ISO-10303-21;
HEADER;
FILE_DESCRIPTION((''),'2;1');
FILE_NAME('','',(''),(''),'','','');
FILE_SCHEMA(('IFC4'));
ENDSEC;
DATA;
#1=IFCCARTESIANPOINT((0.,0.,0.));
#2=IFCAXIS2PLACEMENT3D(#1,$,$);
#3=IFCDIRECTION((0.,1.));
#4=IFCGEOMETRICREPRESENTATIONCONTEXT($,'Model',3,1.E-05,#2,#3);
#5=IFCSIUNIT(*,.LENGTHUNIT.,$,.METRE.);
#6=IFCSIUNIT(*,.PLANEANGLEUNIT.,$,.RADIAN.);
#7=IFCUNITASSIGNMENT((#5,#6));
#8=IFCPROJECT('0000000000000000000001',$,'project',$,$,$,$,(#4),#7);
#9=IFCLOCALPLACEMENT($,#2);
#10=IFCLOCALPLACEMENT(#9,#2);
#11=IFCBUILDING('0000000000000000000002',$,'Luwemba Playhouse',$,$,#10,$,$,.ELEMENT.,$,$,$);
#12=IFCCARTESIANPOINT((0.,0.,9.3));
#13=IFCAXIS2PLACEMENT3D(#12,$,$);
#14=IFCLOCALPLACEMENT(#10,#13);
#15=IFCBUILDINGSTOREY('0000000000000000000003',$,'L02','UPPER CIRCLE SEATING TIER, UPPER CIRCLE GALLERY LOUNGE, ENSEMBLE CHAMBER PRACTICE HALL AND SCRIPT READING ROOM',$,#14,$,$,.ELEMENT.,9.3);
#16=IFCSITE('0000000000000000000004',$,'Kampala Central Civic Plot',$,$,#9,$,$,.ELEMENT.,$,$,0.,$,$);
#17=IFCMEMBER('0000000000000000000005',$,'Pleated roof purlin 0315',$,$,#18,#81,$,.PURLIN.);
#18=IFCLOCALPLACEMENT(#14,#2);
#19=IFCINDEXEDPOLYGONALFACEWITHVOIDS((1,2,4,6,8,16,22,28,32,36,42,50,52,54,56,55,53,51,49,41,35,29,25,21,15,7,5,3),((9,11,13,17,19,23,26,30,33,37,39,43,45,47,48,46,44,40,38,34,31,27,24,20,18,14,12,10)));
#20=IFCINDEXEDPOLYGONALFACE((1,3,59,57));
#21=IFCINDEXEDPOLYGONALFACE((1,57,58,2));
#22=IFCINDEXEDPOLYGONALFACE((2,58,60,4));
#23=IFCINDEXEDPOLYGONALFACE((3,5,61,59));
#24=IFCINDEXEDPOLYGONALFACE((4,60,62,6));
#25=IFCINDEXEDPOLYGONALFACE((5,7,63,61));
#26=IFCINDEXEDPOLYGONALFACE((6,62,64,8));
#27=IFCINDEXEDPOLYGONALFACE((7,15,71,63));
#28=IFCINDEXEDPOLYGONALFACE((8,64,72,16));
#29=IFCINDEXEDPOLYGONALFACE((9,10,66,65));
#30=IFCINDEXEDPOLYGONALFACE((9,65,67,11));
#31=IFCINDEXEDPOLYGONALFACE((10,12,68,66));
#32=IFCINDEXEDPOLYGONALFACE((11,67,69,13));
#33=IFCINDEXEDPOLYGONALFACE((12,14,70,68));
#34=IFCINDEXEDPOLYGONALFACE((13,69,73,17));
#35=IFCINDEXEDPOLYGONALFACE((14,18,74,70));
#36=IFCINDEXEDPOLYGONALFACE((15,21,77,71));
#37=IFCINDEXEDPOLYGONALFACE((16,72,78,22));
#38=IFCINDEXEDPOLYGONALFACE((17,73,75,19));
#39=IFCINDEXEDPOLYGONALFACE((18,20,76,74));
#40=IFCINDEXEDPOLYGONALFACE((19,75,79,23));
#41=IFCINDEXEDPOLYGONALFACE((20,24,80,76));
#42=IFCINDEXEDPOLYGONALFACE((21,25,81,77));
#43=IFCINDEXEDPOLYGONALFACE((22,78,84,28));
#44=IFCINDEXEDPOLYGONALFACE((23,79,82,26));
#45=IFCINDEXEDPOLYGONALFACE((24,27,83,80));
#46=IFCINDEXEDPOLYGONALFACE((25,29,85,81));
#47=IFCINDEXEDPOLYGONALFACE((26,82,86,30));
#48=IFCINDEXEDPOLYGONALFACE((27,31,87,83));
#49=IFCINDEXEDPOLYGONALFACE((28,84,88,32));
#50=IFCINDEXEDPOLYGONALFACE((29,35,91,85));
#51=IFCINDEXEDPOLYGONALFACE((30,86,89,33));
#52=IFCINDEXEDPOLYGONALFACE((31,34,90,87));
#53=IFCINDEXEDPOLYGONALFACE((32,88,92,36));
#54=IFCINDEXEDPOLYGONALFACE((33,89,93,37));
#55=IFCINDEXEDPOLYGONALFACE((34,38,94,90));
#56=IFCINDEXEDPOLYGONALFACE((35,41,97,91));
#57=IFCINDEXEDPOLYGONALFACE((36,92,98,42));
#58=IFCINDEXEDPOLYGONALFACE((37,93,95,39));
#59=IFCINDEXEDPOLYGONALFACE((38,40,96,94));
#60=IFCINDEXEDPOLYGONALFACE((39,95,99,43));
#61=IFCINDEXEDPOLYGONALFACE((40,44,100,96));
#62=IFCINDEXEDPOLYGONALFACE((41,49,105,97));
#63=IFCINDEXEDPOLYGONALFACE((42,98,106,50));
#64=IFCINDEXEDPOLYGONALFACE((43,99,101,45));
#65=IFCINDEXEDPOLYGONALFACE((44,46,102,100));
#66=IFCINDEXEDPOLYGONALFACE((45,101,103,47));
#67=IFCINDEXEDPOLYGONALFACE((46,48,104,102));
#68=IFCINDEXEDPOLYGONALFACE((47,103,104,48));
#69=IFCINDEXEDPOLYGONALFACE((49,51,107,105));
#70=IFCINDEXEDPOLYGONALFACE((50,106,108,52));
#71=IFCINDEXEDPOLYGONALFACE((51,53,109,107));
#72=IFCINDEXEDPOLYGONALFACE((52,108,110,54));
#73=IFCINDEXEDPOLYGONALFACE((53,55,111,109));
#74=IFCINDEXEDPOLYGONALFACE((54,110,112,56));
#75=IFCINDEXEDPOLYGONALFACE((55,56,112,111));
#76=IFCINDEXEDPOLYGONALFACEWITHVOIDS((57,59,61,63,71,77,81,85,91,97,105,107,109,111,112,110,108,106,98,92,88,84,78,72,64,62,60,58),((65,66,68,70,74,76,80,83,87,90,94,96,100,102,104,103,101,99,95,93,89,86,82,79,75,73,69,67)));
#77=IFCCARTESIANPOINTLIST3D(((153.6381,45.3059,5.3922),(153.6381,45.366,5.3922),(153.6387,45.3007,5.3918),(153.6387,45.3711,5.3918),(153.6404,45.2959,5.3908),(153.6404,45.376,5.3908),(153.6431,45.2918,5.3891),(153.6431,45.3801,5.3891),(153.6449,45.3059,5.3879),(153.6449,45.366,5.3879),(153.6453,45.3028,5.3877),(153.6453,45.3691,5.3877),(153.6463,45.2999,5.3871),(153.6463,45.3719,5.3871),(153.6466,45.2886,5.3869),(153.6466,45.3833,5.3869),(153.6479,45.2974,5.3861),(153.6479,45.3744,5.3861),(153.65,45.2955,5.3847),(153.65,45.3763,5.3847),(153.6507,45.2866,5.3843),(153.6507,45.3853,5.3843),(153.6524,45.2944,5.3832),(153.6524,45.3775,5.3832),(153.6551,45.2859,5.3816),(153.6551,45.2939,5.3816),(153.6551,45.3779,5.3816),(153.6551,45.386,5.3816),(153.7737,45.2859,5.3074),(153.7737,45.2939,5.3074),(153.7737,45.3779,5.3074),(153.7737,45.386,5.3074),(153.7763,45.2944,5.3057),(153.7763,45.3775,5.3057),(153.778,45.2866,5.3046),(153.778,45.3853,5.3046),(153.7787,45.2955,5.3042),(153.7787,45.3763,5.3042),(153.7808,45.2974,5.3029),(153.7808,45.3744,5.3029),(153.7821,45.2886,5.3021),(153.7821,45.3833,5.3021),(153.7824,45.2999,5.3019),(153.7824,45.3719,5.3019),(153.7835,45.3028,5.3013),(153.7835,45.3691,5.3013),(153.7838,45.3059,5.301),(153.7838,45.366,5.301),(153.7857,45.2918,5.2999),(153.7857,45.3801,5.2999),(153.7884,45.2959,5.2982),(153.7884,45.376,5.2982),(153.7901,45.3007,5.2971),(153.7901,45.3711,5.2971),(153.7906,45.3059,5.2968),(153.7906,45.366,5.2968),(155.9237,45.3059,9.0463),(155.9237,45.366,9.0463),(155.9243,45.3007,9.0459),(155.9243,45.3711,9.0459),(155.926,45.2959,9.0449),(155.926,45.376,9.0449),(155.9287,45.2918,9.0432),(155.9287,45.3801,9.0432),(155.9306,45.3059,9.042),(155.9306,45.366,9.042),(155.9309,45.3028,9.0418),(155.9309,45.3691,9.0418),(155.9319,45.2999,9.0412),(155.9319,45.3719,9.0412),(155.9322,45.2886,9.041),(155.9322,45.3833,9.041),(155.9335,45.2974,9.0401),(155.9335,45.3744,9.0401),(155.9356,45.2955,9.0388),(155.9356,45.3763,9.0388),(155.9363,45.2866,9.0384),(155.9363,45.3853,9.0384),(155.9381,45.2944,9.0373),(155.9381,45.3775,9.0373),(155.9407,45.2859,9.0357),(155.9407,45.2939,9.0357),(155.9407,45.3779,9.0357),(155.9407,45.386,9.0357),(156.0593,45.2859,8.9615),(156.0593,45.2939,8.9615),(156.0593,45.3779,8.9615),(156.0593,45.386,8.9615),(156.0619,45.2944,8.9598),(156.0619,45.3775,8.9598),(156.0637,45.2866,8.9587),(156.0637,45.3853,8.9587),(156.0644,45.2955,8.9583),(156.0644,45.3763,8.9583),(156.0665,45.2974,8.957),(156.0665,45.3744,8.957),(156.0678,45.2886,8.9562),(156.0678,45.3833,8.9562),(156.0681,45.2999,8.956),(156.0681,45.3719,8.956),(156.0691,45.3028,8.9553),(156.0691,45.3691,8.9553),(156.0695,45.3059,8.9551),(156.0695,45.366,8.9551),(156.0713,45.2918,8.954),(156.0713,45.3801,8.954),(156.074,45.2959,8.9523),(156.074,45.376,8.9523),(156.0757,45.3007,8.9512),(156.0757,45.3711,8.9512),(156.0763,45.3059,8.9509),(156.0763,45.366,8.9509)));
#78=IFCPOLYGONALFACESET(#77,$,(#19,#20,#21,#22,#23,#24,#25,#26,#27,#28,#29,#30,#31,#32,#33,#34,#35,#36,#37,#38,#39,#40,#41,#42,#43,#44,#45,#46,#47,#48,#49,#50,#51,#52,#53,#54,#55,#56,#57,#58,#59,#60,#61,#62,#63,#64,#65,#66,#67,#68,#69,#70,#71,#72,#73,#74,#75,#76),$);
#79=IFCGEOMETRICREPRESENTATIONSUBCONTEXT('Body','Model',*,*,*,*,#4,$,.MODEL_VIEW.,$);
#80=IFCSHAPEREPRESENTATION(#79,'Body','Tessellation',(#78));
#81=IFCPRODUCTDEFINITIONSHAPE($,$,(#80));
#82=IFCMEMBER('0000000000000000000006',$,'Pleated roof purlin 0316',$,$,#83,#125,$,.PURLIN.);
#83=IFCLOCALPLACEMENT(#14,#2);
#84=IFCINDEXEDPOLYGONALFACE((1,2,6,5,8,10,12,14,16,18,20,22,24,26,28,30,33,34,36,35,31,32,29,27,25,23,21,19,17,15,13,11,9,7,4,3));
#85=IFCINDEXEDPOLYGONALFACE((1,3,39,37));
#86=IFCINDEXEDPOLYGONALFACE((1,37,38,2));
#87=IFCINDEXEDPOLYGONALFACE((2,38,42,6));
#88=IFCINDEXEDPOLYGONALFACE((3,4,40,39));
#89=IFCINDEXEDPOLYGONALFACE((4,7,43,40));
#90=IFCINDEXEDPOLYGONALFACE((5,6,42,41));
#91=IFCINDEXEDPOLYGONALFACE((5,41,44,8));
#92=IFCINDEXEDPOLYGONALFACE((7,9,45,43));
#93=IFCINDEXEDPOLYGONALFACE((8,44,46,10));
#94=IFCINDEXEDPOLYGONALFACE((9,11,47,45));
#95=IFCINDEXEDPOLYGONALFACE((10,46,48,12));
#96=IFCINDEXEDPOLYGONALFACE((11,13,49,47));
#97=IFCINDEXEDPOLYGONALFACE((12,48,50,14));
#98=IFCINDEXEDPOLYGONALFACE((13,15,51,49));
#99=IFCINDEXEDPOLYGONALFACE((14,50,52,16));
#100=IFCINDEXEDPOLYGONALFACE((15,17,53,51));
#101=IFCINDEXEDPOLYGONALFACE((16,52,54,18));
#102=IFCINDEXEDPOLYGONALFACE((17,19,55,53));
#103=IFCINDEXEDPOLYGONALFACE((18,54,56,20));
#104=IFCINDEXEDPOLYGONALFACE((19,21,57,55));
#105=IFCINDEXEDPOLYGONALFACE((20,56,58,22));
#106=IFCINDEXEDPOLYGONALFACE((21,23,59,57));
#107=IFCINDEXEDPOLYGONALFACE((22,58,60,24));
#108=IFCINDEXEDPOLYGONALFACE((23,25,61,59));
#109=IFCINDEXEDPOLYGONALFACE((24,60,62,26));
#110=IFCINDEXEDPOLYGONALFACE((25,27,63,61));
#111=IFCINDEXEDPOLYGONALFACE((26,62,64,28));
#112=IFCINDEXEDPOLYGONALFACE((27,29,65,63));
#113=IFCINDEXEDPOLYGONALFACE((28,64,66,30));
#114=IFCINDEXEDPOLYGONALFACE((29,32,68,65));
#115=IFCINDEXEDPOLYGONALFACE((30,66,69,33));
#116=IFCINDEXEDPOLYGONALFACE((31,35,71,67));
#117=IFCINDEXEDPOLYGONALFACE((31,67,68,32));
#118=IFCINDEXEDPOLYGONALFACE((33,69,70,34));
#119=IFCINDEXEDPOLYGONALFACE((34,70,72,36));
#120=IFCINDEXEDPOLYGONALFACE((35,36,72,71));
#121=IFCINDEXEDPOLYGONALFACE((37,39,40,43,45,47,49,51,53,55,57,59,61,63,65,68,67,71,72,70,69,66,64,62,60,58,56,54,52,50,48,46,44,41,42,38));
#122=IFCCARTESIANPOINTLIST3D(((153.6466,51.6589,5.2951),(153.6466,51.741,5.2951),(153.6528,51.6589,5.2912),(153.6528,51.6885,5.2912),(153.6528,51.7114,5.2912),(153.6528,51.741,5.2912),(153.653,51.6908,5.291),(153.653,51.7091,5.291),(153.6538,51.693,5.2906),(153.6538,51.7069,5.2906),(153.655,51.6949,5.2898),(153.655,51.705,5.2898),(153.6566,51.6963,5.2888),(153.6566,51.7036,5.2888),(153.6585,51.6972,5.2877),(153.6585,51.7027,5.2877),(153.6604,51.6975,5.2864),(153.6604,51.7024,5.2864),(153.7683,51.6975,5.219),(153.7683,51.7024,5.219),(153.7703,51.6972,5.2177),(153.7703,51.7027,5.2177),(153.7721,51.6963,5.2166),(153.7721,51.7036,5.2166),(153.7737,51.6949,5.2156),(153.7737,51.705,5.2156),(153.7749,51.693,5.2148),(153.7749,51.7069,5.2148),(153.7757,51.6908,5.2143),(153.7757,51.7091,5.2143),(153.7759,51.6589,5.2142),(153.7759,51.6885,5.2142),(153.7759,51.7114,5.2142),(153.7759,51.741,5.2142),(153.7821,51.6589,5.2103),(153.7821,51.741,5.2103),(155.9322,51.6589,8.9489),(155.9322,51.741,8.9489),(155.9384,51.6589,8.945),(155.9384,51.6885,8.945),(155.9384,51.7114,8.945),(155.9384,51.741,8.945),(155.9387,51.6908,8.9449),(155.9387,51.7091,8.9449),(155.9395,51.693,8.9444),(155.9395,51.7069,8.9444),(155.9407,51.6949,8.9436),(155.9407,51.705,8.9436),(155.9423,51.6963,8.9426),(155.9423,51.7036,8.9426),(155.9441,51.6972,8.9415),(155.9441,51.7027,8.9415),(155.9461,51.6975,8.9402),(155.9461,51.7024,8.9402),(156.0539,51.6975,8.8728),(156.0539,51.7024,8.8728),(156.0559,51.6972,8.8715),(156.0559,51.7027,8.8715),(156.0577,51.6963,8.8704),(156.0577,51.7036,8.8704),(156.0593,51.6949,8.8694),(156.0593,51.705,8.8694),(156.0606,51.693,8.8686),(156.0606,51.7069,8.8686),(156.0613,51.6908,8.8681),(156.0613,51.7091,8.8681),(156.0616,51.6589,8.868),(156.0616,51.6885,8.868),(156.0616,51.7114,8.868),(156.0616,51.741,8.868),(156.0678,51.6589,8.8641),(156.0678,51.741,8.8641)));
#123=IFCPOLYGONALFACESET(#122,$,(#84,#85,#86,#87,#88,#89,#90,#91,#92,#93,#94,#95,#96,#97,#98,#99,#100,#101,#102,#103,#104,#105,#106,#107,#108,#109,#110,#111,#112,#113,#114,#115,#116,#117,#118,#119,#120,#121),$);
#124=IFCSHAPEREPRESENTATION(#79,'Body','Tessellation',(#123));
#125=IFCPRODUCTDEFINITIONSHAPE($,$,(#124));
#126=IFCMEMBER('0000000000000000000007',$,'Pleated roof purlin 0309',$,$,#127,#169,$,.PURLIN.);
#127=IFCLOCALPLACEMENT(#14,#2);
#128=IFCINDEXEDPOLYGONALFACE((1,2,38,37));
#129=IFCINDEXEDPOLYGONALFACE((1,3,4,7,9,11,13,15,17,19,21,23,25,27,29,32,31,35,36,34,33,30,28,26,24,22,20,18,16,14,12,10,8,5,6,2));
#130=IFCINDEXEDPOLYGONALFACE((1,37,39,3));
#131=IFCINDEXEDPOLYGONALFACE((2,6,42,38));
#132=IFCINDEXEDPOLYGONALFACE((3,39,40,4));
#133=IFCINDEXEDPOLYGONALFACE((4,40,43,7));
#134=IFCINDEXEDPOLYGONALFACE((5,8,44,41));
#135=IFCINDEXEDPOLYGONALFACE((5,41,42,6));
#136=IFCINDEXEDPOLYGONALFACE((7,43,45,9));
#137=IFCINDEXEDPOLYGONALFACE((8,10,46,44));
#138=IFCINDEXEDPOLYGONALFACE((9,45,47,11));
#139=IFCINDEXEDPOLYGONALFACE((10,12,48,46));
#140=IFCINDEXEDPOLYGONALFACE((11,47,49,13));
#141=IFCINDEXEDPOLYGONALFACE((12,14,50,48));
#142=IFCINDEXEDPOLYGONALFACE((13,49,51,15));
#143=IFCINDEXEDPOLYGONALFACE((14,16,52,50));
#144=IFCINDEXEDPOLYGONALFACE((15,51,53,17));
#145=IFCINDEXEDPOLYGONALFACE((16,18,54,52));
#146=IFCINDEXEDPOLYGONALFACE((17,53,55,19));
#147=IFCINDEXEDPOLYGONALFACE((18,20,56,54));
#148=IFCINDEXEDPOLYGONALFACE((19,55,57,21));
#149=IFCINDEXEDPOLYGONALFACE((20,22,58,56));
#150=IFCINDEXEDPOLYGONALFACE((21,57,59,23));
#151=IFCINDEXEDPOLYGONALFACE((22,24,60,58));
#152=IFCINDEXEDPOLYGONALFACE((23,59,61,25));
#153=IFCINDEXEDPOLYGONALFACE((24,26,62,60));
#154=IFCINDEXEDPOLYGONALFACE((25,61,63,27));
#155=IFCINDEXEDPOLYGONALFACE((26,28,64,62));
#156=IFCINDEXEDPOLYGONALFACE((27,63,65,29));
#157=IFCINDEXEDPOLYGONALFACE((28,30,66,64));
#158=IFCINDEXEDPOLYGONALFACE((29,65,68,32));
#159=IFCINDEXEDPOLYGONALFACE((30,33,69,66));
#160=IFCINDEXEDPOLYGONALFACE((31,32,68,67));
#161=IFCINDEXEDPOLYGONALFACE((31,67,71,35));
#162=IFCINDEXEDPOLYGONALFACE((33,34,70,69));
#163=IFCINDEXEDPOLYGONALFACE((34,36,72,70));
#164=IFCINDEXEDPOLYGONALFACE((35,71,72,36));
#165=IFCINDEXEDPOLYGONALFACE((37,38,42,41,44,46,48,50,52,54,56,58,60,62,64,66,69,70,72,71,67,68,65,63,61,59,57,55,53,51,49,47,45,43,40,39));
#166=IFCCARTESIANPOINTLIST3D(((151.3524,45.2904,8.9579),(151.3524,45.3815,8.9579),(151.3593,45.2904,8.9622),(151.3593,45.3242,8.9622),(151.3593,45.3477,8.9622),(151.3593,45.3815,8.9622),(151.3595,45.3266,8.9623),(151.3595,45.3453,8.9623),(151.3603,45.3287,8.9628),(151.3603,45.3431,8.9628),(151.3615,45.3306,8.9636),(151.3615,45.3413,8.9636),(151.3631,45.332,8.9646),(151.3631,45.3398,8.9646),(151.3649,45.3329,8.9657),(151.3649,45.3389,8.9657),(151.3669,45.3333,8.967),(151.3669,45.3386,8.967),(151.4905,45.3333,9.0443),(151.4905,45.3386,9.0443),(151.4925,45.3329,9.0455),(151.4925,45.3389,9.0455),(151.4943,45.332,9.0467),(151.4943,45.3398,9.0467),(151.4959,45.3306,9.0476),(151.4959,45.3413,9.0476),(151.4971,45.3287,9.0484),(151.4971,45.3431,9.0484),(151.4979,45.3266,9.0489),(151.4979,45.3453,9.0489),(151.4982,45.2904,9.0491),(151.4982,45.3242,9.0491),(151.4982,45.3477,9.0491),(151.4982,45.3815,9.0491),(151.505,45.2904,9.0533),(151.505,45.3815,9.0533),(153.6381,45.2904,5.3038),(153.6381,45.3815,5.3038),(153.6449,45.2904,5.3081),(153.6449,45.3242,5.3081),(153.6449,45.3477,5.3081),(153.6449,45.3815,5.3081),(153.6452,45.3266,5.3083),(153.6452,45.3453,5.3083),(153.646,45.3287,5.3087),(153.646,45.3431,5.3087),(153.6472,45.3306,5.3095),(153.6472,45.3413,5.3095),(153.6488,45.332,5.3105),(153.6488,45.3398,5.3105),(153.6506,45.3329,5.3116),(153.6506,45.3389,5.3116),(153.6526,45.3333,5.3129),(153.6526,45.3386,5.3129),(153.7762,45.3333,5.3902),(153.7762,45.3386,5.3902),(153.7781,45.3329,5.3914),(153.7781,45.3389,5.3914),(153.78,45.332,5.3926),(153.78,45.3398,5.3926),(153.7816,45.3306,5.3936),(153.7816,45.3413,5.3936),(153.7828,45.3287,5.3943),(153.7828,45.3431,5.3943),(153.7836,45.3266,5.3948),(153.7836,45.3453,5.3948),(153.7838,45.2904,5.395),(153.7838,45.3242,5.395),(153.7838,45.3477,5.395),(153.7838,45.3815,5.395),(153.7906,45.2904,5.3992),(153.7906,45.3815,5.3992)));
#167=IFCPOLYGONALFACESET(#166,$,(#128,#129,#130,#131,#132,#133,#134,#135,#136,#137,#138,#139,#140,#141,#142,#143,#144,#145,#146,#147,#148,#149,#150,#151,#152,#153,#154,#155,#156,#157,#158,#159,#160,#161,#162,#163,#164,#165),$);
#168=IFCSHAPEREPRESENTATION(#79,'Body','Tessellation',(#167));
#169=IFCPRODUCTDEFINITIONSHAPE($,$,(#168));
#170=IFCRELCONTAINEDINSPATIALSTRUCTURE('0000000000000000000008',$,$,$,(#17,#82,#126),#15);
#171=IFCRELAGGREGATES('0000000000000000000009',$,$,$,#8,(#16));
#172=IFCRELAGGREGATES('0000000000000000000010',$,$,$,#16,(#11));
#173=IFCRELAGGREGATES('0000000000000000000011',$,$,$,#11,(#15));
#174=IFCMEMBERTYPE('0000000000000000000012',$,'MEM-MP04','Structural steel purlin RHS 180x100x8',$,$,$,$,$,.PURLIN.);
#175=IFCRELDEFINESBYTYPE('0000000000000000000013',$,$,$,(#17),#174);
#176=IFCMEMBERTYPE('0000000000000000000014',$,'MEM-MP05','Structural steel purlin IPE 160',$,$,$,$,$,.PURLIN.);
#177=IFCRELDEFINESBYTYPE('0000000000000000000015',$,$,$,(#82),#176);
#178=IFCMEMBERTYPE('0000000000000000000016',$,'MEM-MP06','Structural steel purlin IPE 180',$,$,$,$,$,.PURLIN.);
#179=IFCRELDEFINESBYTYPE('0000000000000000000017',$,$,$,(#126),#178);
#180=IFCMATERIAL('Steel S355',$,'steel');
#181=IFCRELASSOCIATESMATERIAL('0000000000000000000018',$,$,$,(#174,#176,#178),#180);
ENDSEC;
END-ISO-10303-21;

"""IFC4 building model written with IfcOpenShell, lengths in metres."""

from ifc_helpers import new_model, si_unit, direction, frame, origin, origin_2d, place, context, subcontext, project, spatial, hollow_rectangle, i_section, extrude, material, material_profile, profile_set, type_object, element, save


model = new_model("IFC4")

# Units and contexts
model_context = context("Model", 3, precision=1e-05, world=origin(), true_north=direction((0.0, 1.0)))
body_context = subcontext(model_context, "Body", "Model", "MODEL_VIEW")
ifc_project = project(units=[si_unit("LENGTHUNIT", "METRE"), si_unit("PLANEANGLEUNIT", "RADIAN")], contexts=[model_context])

# Site, building, storey
site_placement = place(None, origin())
site = spatial("IfcSite", under=ifc_project, at=site_placement, Name="Kampala Central Civic Plot", CompositionType="ELEMENT", RefElevation=0.0)
building_placement = place(site_placement, origin())
building = spatial("IfcBuilding", under=site, at=building_placement, Name="Luwemba Playhouse", CompositionType="ELEMENT")
storey_placement = place(building_placement, frame((0.0, 0.0, 9.3)))
storey = spatial("IfcBuildingStorey", under=building, at=storey_placement, Name="L02", Description="UPPER CIRCLE SEATING TIER, UPPER CIRCLE GALLERY LOUNGE, ENSEMBLE CHAMBER PRACTICE HALL AND SCRIPT READING ROOM", CompositionType="ELEMENT", Elevation=9.3)

# Shared definitions
ifc_material_1 = material(Name="Steel S355", Category="steel")

# Members
ifc_material_profile_1 = material_profile(ifc_material_1, hollow_rectangle(XDim=0.1001, YDim=0.1799, WallThickness=0.0081, InnerFilletRadius=0.012, OuterFilletRadius=0.02, at=origin_2d()))
ifc_profile_set_1 = profile_set([ifc_material_profile_1], Name="Steel S355")
member_type_1 = type_object("IfcMemberType", Name="MEM-MP04", Description="Structural steel purlin RHS 180x100x8", PredefinedType="PURLIN", material=ifc_profile_set_1)
member_1_placement = place(storey_placement, frame((153.7144, 45.3359, 5.3445), z_axis=(0.530309, 0.0, 0.847804), x_axis=(0.0, 1.0, 0.0)))
element("IfcMember", 1, at=member_1_placement, inside=storey, type_object=member_type_1, Name="Pleated roof purlin 0315", PredefinedType="PURLIN", context=body_context, shape_type="SweptSolid", body=[
    extrude(hollow_rectangle(XDim=0.1001, YDim=0.1799, WallThickness=0.0081, InnerFilletRadius=0.012, OuterFilletRadius=0.02, at=origin_2d()), origin(), (0.0, 0.0, 1.0), 4.3101),
])
ifc_material_profile_2 = material_profile(ifc_material_1, i_section(OverallWidth=0.082, OverallDepth=0.1599, WebThickness=0.0049, FlangeThickness=0.0073, FilletRadius=0.009, at=origin_2d()))
ifc_profile_set_2 = profile_set([ifc_material_profile_2], Name="Steel S355")
member_type_2 = type_object("IfcMemberType", Name="MEM-MP05", Description="Structural steel purlin IPE 160", PredefinedType="PURLIN", material=ifc_profile_set_2)
member_2_placement = place(storey_placement, frame((153.7144, 51.7, 5.2527), z_axis=(0.530335, 0.0, 0.847788), x_axis=(0.0, 1.0, 0.0)))
element("IfcMember", 2, at=member_2_placement, inside=storey, type_object=member_type_2, Name="Pleated roof purlin 0316", PredefinedType="PURLIN", context=body_context, shape_type="SweptSolid", body=[
    extrude(i_section(OverallWidth=0.082, OverallDepth=0.1599, WebThickness=0.0049, FlangeThickness=0.0073, FilletRadius=0.009, at=origin_2d()), origin(), (0.0, 0.0, 1.0), 4.3098),
])
ifc_material_profile_3 = material_profile(ifc_material_1, i_section(OverallWidth=0.0911, OverallDepth=0.1799, WebThickness=0.0054, FlangeThickness=0.0081, FilletRadius=0.009, at=origin_2d()))
ifc_profile_set_3 = profile_set([ifc_material_profile_3], Name="Steel S355")
member_type_3 = type_object("IfcMemberType", Name="MEM-MP06", Description="Structural steel purlin IPE 180", PredefinedType="PURLIN", material=ifc_profile_set_3)
member_3_placement = place(storey_placement, frame((151.4287, 45.3359, 9.0056), z_axis=(0.530309, 0.0, -0.847804), x_axis=(0.0, 1.0, 0.0)))
element("IfcMember", 3, at=member_3_placement, inside=storey, type_object=member_type_3, Name="Pleated roof purlin 0309", PredefinedType="PURLIN", context=body_context, shape_type="SweptSolid", body=[
    extrude(i_section(OverallWidth=0.0911, OverallDepth=0.1799, WebThickness=0.0054, FlangeThickness=0.0081, FilletRadius=0.009, at=origin_2d()), origin(), (0.0, 0.0, 1.0), 4.3101),
])

save(model, "model.ifc")
